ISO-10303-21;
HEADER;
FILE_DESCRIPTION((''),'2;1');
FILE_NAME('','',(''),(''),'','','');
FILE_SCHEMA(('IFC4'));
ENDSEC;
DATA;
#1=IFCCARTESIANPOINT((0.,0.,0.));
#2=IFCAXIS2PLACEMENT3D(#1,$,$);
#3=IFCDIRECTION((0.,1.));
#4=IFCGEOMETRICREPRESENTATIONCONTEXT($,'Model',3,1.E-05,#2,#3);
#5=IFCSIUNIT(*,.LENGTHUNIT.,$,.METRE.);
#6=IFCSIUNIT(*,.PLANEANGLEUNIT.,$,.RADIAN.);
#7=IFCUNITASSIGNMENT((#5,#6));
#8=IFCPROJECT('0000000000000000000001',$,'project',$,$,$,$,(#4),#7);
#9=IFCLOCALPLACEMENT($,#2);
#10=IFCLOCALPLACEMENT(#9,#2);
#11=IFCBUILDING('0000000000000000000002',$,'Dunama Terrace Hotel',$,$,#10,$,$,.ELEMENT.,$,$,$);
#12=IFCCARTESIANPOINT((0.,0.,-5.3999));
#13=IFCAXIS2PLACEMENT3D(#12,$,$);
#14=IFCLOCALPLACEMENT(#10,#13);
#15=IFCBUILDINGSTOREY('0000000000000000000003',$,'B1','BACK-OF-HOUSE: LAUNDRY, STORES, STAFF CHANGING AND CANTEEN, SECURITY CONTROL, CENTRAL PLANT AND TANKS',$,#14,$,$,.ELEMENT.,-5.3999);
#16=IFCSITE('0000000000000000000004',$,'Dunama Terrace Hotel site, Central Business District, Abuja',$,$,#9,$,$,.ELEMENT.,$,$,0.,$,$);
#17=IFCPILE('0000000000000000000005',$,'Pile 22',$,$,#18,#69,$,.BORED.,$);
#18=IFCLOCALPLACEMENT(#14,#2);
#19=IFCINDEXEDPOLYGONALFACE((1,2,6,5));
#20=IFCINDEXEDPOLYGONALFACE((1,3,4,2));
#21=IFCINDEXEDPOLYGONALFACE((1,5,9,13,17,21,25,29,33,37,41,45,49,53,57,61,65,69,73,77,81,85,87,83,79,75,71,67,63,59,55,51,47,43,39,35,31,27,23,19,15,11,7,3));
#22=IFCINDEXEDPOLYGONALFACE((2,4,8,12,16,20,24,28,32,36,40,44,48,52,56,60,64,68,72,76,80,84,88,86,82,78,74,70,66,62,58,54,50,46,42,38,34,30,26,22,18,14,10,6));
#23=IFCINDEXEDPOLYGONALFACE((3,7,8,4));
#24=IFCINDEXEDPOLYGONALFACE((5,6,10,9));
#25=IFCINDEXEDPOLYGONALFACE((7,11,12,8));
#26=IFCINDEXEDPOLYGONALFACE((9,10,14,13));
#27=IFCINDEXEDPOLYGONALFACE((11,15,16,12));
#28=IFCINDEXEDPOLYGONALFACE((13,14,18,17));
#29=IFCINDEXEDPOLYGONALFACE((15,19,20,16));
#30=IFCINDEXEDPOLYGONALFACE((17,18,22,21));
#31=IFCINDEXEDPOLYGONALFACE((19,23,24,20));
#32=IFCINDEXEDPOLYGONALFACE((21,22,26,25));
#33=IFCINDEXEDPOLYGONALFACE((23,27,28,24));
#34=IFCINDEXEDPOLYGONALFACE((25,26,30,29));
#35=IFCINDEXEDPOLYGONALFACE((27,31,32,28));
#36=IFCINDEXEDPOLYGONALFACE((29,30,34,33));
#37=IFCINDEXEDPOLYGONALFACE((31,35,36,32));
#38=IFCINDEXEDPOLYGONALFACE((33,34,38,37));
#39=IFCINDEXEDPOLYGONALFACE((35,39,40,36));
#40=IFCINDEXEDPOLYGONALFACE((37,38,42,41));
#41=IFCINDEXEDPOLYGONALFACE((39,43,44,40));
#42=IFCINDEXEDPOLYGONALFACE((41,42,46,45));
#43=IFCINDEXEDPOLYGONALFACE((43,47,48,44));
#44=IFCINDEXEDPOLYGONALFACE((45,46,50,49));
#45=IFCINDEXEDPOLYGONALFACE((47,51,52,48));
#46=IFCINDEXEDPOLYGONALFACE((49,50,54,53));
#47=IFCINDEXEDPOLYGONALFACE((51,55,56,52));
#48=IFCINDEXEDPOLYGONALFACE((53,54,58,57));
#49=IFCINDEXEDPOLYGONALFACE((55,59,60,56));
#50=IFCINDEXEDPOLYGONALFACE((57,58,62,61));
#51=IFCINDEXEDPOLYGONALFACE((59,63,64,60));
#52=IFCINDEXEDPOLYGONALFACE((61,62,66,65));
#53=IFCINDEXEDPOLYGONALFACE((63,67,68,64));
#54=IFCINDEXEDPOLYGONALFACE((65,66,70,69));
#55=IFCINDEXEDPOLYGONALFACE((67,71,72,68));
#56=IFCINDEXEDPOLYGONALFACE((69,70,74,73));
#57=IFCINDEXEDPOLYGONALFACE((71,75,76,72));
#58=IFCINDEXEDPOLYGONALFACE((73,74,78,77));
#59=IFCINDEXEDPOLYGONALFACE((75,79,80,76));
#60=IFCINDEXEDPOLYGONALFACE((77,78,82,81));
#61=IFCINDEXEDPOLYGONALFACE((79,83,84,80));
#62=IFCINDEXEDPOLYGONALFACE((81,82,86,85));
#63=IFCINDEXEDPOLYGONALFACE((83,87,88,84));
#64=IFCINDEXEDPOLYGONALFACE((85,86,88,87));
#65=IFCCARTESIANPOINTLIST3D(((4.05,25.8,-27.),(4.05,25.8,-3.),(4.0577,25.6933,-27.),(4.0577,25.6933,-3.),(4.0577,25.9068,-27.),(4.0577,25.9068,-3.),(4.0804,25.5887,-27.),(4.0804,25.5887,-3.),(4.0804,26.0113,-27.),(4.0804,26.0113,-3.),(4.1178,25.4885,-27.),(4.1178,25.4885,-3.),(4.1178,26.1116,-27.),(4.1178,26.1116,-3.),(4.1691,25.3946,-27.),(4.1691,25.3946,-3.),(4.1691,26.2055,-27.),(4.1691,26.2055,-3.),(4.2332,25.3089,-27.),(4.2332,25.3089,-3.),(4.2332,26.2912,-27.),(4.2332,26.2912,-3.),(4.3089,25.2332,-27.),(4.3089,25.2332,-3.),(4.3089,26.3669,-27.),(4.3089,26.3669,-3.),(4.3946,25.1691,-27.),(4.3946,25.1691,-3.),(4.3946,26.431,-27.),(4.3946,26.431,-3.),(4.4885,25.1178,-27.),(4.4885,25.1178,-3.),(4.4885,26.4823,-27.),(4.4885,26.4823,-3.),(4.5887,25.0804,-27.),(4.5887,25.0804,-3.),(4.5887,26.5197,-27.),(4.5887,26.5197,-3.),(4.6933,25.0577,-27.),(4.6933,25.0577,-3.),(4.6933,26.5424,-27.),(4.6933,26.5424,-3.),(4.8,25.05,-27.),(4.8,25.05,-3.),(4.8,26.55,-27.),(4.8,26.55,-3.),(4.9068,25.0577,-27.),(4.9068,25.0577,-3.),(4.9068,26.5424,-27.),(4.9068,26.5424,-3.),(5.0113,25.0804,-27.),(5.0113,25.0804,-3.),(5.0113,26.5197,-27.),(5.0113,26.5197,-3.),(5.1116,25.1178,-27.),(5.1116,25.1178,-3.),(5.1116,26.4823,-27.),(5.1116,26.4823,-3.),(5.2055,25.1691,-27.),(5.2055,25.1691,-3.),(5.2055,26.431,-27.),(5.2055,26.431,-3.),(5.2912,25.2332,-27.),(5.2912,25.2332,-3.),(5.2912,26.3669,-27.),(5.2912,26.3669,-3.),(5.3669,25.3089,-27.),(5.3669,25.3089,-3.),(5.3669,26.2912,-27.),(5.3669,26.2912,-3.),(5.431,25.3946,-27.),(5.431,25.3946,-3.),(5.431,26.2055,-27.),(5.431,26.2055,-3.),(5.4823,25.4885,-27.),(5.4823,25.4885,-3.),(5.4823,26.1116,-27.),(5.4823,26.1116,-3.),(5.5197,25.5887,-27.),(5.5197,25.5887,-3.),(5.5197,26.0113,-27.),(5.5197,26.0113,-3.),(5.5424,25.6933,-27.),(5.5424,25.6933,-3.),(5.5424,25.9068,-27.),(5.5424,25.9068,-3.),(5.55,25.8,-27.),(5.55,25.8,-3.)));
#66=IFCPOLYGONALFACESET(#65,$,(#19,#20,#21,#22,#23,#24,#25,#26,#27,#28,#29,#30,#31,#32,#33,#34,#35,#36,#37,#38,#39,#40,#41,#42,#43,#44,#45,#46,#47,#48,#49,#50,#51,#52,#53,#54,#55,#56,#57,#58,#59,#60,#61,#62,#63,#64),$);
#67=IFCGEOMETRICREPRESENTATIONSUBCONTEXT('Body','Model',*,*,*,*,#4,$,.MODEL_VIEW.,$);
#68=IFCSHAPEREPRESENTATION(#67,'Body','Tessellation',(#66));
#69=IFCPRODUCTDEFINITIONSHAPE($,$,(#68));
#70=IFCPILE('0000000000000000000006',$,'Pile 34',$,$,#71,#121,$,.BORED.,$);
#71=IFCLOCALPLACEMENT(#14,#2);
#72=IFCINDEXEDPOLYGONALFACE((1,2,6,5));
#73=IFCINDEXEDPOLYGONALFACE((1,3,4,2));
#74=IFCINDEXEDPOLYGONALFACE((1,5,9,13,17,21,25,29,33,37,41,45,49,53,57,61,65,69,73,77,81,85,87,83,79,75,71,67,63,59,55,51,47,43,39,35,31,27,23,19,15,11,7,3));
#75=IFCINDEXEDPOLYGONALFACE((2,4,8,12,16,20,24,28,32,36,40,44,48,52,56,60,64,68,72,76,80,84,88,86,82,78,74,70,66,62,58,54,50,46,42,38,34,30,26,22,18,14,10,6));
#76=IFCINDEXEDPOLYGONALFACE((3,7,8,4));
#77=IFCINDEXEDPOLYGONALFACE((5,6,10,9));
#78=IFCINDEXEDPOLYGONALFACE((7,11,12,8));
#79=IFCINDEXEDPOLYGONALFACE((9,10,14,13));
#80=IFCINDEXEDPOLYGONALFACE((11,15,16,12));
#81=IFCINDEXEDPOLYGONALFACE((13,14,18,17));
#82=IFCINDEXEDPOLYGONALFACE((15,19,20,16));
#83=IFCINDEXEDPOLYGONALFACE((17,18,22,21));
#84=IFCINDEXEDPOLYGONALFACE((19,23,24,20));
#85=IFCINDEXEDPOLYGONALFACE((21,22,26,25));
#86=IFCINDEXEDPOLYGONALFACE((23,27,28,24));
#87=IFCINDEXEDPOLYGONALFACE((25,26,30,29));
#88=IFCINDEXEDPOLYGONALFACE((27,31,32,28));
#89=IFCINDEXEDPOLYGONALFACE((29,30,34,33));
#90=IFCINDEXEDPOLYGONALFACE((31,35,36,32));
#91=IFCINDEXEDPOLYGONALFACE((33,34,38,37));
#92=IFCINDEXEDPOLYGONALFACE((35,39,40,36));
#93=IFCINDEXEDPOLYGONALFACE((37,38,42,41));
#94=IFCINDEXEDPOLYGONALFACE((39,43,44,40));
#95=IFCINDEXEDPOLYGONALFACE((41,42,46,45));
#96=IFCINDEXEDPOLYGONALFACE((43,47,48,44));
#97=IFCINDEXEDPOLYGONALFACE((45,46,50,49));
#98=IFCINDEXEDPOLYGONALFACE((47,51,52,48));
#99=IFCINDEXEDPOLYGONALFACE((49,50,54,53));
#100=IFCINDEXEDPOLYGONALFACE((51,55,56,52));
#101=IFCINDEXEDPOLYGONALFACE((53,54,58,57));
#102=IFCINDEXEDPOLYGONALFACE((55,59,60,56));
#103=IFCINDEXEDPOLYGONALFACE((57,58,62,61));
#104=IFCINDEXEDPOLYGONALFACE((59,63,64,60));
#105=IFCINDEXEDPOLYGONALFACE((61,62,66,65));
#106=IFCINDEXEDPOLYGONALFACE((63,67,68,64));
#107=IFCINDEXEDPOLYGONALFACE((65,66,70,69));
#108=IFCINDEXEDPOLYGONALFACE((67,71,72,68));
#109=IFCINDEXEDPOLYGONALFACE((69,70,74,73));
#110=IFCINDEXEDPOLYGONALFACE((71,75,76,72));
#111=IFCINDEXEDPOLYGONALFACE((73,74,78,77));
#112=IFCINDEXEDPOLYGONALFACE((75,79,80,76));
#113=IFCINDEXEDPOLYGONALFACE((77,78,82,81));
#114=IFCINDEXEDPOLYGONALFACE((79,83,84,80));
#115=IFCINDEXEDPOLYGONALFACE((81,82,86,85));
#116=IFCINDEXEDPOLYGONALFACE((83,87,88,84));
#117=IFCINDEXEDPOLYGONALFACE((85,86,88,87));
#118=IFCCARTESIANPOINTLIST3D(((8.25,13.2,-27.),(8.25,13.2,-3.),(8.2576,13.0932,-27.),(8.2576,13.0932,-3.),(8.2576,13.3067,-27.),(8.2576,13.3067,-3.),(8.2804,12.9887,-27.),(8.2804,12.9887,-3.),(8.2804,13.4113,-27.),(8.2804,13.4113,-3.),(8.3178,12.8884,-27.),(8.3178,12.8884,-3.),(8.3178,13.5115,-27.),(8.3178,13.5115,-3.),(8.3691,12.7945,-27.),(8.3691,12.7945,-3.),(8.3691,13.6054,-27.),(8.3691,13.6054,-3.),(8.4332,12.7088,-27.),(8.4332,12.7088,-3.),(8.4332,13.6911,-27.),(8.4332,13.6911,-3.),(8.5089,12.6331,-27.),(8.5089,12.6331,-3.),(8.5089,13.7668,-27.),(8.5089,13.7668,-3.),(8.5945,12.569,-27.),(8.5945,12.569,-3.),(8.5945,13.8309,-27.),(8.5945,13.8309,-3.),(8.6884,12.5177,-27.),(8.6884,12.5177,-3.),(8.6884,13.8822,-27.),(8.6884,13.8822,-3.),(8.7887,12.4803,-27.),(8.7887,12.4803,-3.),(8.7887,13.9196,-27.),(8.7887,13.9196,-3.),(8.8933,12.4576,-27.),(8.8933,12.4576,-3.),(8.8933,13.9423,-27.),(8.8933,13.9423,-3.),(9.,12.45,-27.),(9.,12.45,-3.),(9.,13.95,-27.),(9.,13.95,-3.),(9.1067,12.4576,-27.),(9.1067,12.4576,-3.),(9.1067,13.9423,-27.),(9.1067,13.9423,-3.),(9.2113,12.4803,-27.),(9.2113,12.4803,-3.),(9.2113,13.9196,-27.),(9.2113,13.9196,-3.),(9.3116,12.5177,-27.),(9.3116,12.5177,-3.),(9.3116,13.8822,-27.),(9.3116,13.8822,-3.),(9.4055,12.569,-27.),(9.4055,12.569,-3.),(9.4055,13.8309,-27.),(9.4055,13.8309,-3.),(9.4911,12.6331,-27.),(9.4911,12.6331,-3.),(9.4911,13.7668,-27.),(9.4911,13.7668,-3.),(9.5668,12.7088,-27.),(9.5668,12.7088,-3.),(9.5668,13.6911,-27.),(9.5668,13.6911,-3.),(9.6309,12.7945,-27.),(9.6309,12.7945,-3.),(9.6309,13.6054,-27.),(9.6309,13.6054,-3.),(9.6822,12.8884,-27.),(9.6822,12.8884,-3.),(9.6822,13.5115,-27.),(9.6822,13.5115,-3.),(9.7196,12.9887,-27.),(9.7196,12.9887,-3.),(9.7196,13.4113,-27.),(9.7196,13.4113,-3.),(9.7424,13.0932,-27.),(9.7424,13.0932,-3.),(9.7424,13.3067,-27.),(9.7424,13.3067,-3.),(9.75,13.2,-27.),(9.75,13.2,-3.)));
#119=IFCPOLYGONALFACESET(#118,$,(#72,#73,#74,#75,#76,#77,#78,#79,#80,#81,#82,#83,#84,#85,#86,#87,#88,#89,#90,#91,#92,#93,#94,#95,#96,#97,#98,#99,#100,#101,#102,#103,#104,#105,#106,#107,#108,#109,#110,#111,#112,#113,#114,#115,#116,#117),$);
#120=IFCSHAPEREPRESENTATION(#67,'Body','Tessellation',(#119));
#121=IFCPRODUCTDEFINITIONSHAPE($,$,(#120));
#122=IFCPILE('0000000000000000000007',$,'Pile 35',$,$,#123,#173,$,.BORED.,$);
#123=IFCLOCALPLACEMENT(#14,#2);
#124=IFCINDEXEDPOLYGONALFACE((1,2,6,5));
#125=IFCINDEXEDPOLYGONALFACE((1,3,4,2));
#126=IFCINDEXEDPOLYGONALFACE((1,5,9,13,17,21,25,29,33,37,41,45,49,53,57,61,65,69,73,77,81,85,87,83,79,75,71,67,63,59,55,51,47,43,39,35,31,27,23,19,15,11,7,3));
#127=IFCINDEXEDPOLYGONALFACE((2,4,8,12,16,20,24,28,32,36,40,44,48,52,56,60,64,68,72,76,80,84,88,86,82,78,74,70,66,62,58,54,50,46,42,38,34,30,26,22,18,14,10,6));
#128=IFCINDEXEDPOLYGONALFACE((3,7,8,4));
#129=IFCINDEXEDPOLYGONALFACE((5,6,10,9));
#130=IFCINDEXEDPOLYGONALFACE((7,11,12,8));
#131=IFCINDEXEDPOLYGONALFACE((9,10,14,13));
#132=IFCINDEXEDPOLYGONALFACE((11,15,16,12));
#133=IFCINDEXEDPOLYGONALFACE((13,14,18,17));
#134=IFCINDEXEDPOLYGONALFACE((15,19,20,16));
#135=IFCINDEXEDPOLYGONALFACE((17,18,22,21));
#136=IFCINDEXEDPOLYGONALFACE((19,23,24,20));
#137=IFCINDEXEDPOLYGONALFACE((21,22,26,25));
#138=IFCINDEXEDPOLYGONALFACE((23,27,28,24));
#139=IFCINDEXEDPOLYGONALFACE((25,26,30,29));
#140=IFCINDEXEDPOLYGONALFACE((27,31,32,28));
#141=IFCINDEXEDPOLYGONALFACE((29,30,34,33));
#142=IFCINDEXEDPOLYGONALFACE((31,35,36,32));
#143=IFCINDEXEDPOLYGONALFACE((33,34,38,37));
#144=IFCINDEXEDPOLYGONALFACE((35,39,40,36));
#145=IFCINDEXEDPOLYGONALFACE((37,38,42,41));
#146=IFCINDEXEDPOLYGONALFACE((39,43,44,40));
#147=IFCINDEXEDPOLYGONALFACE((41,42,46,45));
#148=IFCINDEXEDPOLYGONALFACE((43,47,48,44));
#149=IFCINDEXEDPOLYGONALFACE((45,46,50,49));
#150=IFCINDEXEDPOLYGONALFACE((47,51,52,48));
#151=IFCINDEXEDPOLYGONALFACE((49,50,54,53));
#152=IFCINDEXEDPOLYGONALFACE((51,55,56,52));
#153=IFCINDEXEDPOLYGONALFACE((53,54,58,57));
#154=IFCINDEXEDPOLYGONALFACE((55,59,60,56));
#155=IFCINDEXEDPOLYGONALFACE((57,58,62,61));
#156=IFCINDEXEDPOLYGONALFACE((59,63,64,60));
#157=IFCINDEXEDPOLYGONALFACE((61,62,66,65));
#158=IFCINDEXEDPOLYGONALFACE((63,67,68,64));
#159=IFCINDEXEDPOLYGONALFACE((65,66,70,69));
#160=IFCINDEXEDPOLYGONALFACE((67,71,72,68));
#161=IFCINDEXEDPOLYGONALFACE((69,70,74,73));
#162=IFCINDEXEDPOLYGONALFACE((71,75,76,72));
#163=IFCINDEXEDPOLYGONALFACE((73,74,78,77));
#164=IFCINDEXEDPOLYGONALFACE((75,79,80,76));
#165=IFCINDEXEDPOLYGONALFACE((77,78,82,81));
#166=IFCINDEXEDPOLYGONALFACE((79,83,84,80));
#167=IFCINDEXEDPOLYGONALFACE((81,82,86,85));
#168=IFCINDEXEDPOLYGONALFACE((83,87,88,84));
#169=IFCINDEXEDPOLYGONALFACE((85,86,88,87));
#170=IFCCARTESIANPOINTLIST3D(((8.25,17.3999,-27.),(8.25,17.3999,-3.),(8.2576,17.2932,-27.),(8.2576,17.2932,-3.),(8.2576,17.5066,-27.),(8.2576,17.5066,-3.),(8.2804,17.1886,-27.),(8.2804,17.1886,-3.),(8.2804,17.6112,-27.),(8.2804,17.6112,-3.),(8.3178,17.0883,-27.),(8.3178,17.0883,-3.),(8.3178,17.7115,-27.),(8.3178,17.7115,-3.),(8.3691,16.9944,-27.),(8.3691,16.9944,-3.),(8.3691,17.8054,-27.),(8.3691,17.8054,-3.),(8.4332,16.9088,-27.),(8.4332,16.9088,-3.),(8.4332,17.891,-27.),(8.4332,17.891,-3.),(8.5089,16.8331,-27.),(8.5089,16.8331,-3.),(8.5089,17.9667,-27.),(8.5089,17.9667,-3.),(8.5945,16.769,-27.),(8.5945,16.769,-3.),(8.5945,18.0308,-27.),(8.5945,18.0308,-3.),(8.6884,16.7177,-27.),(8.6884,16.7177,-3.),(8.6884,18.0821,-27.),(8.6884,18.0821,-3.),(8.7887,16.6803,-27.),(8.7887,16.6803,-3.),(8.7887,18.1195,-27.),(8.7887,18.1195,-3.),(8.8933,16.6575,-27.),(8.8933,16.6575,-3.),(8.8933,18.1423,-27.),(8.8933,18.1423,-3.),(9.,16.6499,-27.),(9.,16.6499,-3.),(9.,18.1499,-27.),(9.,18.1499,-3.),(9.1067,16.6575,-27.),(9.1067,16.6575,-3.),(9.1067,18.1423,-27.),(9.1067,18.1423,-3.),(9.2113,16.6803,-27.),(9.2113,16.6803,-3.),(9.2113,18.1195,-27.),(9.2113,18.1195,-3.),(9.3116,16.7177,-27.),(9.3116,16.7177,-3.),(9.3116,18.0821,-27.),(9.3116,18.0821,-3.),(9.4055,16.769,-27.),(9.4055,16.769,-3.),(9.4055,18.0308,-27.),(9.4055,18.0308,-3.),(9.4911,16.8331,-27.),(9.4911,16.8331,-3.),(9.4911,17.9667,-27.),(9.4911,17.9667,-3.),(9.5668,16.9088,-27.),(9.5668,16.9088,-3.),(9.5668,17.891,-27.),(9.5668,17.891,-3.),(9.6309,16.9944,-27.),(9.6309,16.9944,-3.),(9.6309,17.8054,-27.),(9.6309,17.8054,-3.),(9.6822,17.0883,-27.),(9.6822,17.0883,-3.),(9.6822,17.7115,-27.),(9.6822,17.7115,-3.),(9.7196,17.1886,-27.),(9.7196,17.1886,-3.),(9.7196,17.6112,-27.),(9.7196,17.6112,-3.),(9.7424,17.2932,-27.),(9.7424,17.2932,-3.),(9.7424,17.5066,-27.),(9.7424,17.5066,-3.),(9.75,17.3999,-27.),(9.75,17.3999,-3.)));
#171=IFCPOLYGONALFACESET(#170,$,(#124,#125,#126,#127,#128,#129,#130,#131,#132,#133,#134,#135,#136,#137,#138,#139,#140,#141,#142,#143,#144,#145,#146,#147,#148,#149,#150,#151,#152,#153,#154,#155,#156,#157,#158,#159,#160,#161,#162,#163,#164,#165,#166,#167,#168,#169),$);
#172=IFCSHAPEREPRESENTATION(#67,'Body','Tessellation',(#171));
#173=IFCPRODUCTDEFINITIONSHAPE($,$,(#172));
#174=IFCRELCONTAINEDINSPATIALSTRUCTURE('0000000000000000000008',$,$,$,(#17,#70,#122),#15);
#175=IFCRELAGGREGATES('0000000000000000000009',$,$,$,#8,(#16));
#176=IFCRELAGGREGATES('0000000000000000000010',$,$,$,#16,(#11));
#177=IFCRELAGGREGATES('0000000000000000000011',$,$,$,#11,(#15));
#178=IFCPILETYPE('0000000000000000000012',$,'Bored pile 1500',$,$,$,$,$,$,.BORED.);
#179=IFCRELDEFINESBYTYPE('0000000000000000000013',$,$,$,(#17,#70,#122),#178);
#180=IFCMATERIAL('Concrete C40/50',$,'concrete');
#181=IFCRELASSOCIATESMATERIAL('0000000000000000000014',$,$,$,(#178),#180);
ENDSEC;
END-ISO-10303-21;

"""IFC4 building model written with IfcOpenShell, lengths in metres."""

from ifc_helpers import new_model, si_unit, direction, frame, origin, origin_2d, place, context, subcontext, project, spatial, circle, extrude, material, material_profile, profile_set, type_object, element, save


model = new_model("IFC4")

# Units and contexts
model_context = context("Model", 3, precision=1e-05, world=origin(), true_north=direction((0.0, 1.0)))
body_context = subcontext(model_context, "Body", "Model", "MODEL_VIEW")
ifc_project = project(units=[si_unit("LENGTHUNIT", "METRE"), si_unit("PLANEANGLEUNIT", "RADIAN")], contexts=[model_context])

# Site, building, storey
site_placement = place(None, origin())
site = spatial("IfcSite", under=ifc_project, at=site_placement, Name="Dunama Terrace Hotel site, Central Business District, Abuja", CompositionType="ELEMENT", RefElevation=0.0)
building_placement = place(site_placement, origin())
building = spatial("IfcBuilding", under=site, at=building_placement, Name="Dunama Terrace Hotel", CompositionType="ELEMENT")
storey_placement = place(building_placement, frame((0.0, 0.0, -5.3999)))
storey = spatial("IfcBuildingStorey", under=building, at=storey_placement, Name="B1", Description="BACK-OF-HOUSE: LAUNDRY, STORES, STAFF CHANGING AND CANTEEN, SECURITY CONTROL, CENTRAL PLANT AND TANKS", CompositionType="ELEMENT", Elevation=-5.3999)

# Piles
ifc_material_1 = material(Name="Concrete C40/50", Category="concrete")
ifc_material_profile_1 = material_profile(ifc_material_1, circle(Radius=0.75, at=origin_2d()), Name="PILE D1500")
ifc_profile_set_1 = profile_set([ifc_material_profile_1], Name="Concrete C40/50")
pile_type = type_object("IfcPileType", Name="Bored pile 1500", PredefinedType="BORED", material=ifc_profile_set_1)
for number, where, z_axis, x_axis, name in (
    (1, (4.8, 25.8, -3.0), (0.0, 0.0, -1.0), (1.0, 0.0, 0.0), "Pile 22"),
    (2, (9.0, 13.2, -3.0), (0.0, 0.0, -1.0), (1.0, 0.0, 0.0), "Pile 34"),
    (3, (9.0, 17.3999, -3.0), (0.0, 0.0, -1.0), (1.0, 0.0, 0.0), "Pile 35"),
):
    element("IfcPile", number, at=place(storey_placement, frame(where, z_axis=z_axis, x_axis=x_axis)), inside=storey, type_object=pile_type, Name=name, PredefinedType="BORED", context=body_context, shape_type="SweptSolid", body=[
        extrude(circle(Radius=0.75, at=origin_2d()), origin(), (0.0, 0.0, 1.0), 24.0),
    ])

save(model, "model.ifc")
